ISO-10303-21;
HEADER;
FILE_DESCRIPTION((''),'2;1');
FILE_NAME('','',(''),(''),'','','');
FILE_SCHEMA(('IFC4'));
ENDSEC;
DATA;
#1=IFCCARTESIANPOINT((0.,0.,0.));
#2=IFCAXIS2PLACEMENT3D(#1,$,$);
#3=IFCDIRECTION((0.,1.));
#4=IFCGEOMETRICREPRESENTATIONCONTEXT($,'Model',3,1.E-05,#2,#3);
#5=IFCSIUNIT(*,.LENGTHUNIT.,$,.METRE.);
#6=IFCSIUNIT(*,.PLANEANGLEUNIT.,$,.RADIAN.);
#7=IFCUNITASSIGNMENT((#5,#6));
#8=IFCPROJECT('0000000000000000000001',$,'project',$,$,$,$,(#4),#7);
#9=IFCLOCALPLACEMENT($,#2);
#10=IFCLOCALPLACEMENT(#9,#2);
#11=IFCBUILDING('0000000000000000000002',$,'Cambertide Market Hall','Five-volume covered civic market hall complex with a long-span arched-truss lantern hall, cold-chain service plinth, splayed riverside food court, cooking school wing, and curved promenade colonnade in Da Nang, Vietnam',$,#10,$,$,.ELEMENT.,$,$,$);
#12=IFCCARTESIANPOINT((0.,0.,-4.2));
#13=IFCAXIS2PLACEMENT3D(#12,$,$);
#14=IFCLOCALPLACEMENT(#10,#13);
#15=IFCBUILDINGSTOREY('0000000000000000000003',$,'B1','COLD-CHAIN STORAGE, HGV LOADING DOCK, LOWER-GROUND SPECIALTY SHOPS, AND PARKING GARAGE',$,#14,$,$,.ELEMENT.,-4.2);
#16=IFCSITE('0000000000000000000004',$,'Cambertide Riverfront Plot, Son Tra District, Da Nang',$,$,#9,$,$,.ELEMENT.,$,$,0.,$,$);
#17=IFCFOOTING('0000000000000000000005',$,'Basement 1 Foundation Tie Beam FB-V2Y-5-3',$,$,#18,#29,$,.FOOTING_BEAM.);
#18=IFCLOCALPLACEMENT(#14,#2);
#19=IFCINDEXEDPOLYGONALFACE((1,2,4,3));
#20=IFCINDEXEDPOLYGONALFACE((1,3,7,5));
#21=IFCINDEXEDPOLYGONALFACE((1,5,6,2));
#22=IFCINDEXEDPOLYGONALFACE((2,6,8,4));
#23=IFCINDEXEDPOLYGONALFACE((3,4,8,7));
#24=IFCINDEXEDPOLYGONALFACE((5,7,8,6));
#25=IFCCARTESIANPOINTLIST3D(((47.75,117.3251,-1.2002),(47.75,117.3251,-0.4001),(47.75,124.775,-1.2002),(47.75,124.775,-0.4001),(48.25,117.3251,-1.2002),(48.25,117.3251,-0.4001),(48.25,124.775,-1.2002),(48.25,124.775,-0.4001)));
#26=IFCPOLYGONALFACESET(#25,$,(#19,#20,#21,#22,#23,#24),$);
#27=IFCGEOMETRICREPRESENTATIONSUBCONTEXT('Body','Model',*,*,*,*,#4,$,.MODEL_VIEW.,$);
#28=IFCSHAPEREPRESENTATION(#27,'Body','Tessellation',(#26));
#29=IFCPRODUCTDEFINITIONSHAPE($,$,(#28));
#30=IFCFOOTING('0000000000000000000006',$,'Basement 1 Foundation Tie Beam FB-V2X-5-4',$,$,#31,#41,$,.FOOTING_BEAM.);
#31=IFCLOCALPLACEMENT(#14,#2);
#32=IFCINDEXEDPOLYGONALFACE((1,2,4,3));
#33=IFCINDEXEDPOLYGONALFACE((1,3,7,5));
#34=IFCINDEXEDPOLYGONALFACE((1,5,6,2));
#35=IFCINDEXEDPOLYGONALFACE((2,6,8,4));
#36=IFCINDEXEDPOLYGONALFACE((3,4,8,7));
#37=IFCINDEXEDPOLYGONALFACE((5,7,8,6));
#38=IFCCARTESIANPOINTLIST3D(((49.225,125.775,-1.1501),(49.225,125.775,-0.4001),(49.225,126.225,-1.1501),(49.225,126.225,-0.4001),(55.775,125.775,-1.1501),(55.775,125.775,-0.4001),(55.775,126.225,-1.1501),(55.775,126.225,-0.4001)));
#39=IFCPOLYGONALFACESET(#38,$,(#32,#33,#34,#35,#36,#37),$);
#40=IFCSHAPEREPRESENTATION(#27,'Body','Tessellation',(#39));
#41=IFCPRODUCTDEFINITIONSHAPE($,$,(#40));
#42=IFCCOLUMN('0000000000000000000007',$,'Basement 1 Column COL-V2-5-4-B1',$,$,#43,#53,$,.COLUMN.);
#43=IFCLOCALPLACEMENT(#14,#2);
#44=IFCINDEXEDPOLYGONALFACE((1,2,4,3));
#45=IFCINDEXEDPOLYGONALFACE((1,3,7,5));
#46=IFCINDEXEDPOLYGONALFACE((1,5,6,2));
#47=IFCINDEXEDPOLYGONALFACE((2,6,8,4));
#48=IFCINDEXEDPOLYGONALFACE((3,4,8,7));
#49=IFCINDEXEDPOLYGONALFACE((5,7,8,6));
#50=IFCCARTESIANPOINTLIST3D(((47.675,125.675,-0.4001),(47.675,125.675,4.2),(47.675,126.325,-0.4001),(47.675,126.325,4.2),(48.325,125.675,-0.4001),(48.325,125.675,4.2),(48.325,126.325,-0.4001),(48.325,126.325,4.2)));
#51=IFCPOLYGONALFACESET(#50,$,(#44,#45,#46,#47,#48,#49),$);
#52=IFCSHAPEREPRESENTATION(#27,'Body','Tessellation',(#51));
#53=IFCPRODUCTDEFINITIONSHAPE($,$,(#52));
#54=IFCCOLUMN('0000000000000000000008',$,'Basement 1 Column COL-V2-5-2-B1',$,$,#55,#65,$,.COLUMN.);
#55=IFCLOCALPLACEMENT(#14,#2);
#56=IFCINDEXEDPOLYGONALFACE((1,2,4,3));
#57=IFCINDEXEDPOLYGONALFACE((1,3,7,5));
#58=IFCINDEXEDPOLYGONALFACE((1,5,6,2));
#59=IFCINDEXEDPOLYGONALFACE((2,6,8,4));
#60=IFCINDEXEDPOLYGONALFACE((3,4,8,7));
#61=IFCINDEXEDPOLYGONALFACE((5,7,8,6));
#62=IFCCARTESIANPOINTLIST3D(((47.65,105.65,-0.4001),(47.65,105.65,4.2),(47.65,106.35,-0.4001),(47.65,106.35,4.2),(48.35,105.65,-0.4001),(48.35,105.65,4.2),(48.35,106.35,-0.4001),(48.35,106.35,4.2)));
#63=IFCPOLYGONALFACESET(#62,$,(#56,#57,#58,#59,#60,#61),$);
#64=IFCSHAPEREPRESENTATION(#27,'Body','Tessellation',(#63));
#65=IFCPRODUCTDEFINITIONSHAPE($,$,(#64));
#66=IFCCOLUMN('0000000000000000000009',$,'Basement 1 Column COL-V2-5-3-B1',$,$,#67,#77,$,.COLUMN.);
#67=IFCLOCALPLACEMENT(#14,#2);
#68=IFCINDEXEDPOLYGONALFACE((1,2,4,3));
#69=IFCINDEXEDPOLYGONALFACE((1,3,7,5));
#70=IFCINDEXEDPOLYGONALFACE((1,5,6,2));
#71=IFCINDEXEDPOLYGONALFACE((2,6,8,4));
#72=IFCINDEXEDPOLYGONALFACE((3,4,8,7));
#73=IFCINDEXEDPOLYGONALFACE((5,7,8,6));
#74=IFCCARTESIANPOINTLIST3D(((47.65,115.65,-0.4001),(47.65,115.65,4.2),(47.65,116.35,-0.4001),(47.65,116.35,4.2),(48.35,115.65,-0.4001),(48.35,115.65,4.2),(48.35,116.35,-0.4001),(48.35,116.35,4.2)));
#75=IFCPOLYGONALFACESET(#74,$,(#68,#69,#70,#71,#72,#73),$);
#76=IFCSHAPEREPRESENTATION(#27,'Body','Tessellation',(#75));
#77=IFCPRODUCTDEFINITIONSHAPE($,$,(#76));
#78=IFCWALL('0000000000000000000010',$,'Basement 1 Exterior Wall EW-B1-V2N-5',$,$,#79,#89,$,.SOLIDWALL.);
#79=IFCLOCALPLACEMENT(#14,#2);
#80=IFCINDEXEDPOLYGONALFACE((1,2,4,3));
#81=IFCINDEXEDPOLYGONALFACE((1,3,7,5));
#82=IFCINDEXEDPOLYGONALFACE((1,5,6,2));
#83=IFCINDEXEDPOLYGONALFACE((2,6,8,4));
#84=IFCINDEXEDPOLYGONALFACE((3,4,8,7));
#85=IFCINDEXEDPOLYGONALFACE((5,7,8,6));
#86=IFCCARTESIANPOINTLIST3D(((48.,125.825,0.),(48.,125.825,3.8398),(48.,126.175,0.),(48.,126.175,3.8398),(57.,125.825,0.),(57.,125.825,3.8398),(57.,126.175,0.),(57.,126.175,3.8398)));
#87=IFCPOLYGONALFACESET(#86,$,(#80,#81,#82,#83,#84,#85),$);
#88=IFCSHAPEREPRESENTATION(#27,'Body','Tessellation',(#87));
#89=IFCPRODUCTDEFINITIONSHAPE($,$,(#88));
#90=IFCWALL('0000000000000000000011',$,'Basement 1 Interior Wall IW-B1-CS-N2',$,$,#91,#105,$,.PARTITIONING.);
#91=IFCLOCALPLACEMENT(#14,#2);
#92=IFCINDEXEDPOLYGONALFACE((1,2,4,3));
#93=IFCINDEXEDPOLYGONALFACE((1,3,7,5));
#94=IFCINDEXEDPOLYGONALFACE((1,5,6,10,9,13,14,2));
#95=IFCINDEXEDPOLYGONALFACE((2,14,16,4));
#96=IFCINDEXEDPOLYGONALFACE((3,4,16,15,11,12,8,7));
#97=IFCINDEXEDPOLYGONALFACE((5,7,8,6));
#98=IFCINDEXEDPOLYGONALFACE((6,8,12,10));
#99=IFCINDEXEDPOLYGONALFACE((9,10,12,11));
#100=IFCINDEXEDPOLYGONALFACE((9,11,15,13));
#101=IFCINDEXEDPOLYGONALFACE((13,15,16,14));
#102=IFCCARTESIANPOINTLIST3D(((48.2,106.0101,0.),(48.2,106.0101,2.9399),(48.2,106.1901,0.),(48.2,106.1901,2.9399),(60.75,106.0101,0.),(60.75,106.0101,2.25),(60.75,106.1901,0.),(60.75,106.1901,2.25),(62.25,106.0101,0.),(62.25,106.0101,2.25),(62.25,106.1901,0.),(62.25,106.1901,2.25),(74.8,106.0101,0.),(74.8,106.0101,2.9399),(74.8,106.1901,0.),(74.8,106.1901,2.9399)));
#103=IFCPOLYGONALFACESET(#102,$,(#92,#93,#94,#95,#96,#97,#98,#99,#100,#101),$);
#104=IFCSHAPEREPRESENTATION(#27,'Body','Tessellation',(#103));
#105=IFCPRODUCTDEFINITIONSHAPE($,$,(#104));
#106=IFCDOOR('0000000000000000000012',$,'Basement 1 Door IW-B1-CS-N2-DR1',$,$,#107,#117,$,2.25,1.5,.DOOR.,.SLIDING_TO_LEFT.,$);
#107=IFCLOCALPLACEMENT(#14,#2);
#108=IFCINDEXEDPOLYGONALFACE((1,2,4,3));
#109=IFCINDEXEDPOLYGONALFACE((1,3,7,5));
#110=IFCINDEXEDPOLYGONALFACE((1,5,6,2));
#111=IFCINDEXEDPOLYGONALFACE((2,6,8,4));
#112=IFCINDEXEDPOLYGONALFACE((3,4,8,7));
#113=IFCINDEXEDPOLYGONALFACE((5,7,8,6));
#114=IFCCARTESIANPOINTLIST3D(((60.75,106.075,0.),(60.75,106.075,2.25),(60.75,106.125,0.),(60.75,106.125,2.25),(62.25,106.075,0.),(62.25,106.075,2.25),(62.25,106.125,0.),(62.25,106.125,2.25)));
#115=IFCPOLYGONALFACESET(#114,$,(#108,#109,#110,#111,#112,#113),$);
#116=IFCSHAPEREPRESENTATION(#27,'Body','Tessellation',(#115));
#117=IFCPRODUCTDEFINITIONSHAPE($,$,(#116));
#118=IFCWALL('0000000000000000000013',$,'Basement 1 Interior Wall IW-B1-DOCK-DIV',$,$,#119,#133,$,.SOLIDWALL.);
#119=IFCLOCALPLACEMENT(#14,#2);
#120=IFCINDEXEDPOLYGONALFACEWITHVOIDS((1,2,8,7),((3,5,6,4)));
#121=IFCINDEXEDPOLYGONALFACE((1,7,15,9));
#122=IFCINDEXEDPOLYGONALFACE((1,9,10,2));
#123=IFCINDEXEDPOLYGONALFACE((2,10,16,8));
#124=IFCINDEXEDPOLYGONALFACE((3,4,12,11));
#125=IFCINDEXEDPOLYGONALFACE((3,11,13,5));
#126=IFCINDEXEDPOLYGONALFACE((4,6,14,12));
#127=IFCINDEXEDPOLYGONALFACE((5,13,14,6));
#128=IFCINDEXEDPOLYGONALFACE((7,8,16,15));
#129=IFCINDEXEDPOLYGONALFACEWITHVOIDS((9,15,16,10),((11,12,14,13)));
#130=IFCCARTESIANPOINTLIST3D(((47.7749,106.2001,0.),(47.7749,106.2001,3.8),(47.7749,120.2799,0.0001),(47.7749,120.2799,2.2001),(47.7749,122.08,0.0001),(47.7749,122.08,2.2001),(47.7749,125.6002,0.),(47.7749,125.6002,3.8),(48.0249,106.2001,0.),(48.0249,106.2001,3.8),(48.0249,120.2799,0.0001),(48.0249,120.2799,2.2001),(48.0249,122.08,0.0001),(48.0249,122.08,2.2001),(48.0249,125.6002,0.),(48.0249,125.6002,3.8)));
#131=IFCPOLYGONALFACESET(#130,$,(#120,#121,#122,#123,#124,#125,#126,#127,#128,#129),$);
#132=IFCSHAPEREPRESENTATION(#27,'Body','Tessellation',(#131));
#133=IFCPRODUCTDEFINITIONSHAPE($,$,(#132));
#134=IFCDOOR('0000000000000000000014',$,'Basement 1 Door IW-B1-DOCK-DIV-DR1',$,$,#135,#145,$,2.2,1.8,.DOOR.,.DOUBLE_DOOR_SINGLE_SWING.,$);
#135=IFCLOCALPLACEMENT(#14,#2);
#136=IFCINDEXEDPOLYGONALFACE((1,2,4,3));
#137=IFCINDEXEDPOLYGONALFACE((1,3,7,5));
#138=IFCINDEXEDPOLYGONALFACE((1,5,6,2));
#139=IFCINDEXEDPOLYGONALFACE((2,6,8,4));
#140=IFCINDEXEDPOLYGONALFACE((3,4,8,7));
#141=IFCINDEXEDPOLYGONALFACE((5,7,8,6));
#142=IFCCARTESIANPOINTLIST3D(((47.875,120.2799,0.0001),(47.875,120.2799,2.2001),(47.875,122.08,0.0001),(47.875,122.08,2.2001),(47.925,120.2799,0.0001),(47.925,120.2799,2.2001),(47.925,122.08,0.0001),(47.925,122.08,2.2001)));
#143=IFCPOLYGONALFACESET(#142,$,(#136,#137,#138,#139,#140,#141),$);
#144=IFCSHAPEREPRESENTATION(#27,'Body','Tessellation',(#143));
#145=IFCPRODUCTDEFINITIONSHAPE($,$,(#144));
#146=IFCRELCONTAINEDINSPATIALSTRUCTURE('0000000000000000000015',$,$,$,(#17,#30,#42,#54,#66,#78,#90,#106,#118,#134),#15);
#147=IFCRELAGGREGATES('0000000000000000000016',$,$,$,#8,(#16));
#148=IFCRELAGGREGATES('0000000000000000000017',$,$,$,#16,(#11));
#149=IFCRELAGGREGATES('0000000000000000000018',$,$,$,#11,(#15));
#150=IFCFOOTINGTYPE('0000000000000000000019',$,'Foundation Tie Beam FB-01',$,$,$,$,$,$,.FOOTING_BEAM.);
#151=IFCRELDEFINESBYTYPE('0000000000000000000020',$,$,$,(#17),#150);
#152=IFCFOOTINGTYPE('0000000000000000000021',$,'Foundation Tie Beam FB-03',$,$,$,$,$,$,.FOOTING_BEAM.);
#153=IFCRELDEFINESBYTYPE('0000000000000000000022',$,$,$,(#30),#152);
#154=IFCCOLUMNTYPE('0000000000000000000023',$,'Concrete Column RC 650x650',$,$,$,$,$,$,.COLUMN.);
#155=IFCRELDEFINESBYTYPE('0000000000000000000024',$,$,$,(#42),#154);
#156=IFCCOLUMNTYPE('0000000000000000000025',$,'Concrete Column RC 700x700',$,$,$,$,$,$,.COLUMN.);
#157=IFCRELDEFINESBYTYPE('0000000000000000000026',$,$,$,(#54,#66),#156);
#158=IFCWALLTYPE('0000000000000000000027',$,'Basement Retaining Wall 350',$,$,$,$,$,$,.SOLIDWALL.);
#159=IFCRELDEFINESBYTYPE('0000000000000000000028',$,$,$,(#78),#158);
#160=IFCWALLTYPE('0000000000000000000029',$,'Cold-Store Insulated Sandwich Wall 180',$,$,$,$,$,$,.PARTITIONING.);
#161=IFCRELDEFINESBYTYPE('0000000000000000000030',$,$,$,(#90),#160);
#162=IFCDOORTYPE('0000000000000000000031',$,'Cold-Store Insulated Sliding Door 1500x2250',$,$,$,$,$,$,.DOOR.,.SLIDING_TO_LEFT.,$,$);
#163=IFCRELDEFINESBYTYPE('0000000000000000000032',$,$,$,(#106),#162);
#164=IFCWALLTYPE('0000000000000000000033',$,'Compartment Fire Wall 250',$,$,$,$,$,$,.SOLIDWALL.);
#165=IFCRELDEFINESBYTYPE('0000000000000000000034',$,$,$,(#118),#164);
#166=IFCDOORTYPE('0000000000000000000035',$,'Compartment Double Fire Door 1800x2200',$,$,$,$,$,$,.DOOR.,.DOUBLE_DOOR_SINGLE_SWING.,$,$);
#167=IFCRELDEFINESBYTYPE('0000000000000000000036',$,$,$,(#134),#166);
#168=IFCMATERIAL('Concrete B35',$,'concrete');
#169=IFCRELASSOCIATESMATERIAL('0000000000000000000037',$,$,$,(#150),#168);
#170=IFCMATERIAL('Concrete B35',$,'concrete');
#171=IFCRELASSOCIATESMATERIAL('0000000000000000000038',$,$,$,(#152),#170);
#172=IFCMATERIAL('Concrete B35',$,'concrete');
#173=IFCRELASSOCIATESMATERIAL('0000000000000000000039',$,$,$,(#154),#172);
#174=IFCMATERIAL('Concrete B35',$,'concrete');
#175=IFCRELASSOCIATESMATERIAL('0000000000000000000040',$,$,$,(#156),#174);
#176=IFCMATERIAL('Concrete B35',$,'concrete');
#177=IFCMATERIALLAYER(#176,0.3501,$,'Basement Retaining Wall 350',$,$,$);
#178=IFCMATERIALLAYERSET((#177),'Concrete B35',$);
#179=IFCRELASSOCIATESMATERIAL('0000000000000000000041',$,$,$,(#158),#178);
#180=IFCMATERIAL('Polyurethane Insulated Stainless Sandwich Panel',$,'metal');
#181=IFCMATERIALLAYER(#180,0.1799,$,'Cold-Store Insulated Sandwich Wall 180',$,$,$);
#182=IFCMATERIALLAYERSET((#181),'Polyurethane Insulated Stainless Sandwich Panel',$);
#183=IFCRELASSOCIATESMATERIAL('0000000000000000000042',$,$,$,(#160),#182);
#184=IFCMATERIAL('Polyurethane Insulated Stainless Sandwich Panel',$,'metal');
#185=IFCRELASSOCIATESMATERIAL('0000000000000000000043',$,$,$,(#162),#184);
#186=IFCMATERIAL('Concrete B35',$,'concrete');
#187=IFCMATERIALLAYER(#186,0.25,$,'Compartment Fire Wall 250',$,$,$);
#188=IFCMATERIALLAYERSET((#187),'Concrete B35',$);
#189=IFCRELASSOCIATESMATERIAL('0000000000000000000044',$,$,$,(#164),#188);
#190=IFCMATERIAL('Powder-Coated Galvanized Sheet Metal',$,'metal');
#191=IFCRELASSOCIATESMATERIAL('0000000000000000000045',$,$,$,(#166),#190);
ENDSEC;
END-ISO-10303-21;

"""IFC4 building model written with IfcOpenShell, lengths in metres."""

from ifc_helpers import new_model, si_unit, direction, frame, frame_2d, origin, origin_2d, place, context, subcontext, project, spatial, rectangle, extrude, material, layer, layer_set, material_profile, profile_set, type_object, element, fill, save


model = new_model("IFC4")

# Units and contexts
model_context = context("Model", 3, precision=1e-05, world=origin(), true_north=direction((0.0, 1.0)))
body_context = subcontext(model_context, "Body", "Model", "MODEL_VIEW")
ifc_project = project(units=[si_unit("LENGTHUNIT", "METRE"), si_unit("PLANEANGLEUNIT", "RADIAN")], contexts=[model_context])

# Site, building, storey
site_placement = place(None, origin())
site = spatial("IfcSite", under=ifc_project, at=site_placement, Name="Cambertide Riverfront Plot, Son Tra District, Da Nang", CompositionType="ELEMENT", RefElevation=0.0)
building_placement = place(site_placement, origin())
building = spatial("IfcBuilding", under=site, at=building_placement, Name="Cambertide Market Hall", Description="Five-volume covered civic market hall complex with a long-span arched-truss lantern hall, cold-chain service plinth, splayed riverside food court, cooking school wing, and curved promenade colonnade in Da Nang, Vietnam", CompositionType="ELEMENT")
storey_placement = place(building_placement, frame((0.0, 0.0, -4.2)))
storey = spatial("IfcBuildingStorey", under=building, at=storey_placement, Name="B1", Description="COLD-CHAIN STORAGE, HGV LOADING DOCK, LOWER-GROUND SPECIALTY SHOPS, AND PARKING GARAGE", CompositionType="ELEMENT", Elevation=-4.2)

# Footings
ifc_material_1 = material(Name="Concrete B35", Category="concrete")
footing_type_1 = type_object("IfcFootingType", Name="Foundation Tie Beam FB-01", PredefinedType="FOOTING_BEAM", material=ifc_material_1)
footing_1_placement = place(storey_placement, frame((48.0, 121.05, -1.2002), z_axis=(0.0, 0.0, 1.0), x_axis=(0.0, 1.0, 0.0)))
element("IfcFooting", 1, at=footing_1_placement, inside=storey, type_object=footing_type_1, Name="Basement 1 Foundation Tie Beam FB-V2Y-5-3", PredefinedType="FOOTING_BEAM", context=body_context, shape_type="SweptSolid", body=[
    extrude(rectangle(XDim=7.45, YDim=0.5, at=origin_2d()), origin(), (0.0, 0.0, 1.0), 0.8),
])
ifc_material_2 = material(Name="Concrete B35", Category="concrete")
footing_type_2 = type_object("IfcFootingType", Name="Foundation Tie Beam FB-03", PredefinedType="FOOTING_BEAM", material=ifc_material_2)
footing_2_placement = place(storey_placement, frame((52.5, 126.0, -1.1501), z_axis=(0.0, 0.0, 1.0), x_axis=(1.0, 0.0, 0.0)))
element("IfcFooting", 2, at=footing_2_placement, inside=storey, type_object=footing_type_2, Name="Basement 1 Foundation Tie Beam FB-V2X-5-4", PredefinedType="FOOTING_BEAM", context=body_context, shape_type="SweptSolid", body=[
    extrude(rectangle(XDim=6.55, YDim=0.45, at=origin_2d()), origin(), (0.0, 0.0, 1.0), 0.75),
])

# Columns
ifc_material_3 = material(Name="Concrete B35", Category="concrete")
ifc_material_profile_1 = material_profile(ifc_material_3, rectangle(XDim=0.6499, YDim=0.6499, at=origin_2d()), Name="RC 650x650")
ifc_profile_set_1 = profile_set([ifc_material_profile_1], Name="Concrete B35")
column_type_1 = type_object("IfcColumnType", Name="Concrete Column RC 650x650", PredefinedType="COLUMN", material=ifc_profile_set_1)
column_placement = place(storey_placement, frame((48.0, 126.0, -0.4001), z_axis=(0.0, 0.0, 1.0), x_axis=(1.0, 0.0, 0.0)))
element("IfcColumn", 3, at=column_placement, inside=storey, type_object=column_type_1, Name="Basement 1 Column COL-V2-5-4-B1", PredefinedType="COLUMN", context=body_context, shape_type="SweptSolid", body=[
    extrude(rectangle(XDim=0.6499, YDim=0.6499, at=origin_2d()), origin(), (0.0, 0.0, 1.0), 4.6001),
])
ifc_material_4 = material(Name="Concrete B35", Category="concrete")
ifc_material_profile_2 = material_profile(ifc_material_4, rectangle(XDim=0.7, YDim=0.7, at=origin_2d()), Name="RC 700x700")
ifc_profile_set_2 = profile_set([ifc_material_profile_2], Name="Concrete B35")
column_type_2 = type_object("IfcColumnType", Name="Concrete Column RC 700x700", PredefinedType="COLUMN", material=ifc_profile_set_2)
for number, where, z_axis, x_axis, name in (
    (4, (48.0, 106.0, -0.4001), (0.0, 0.0, 1.0), (1.0, 0.0, 0.0), "Basement 1 Column COL-V2-5-2-B1"),
    (5, (48.0, 116.0, -0.4001), (0.0, 0.0, 1.0), (1.0, 0.0, 0.0), "Basement 1 Column COL-V2-5-3-B1"),
):
    element("IfcColumn", number, at=place(storey_placement, frame(where, z_axis=z_axis, x_axis=x_axis)), inside=storey, type_object=column_type_2, Name=name, PredefinedType="COLUMN", context=body_context, shape_type="SweptSolid", body=[
        extrude(rectangle(XDim=0.7, YDim=0.7, at=origin_2d()), origin(), (0.0, 0.0, 1.0), 4.6001),
    ])

# Wall
ifc_material_5 = material(Name="Concrete B35", Category="concrete")
ifc_layer_1 = layer(ifc_material_5, 0.3501, Name="Basement Retaining Wall 350")
ifc_layer_set_1 = layer_set([ifc_layer_1], Name="Concrete B35")
wall_type_1 = type_object("IfcWallType", Name="Basement Retaining Wall 350", PredefinedType="SOLIDWALL", material=ifc_layer_set_1)
wall_1_placement = place(storey_placement, frame((48.0, 126.0, 0.0), z_axis=(0.0, 0.0, 1.0), x_axis=(1.0, 0.0, 0.0)))
element("IfcWall", 6, at=wall_1_placement, inside=storey, type_object=wall_type_1, Name="Basement 1 Exterior Wall EW-B1-V2N-5", PredefinedType="SOLIDWALL", context=body_context, shape_type="SweptSolid", body=[
    extrude(rectangle(XDim=9.0, YDim=0.3501, at=frame_2d((4.5, 0.0))), origin(), (0.0, 0.0, 1.0), 3.8398),
])

# Walls, openings, doors
ifc_material_6 = material(Name="Polyurethane Insulated Stainless Sandwich Panel", Category="metal")
ifc_layer_2 = layer(ifc_material_6, 0.1799, Name="Cold-Store Insulated Sandwich Wall 180")
ifc_layer_set_2 = layer_set([ifc_layer_2], Name="Polyurethane Insulated Stainless Sandwich Panel")
wall_type_2 = type_object("IfcWallType", Name="Cold-Store Insulated Sandwich Wall 180", PredefinedType="PARTITIONING", material=ifc_layer_set_2)
wall_2_placement = place(storey_placement, frame((48.2, 106.1001, 0.0), z_axis=(0.0, 0.0, 1.0), x_axis=(1.0, 0.0, 0.0)))
wall_2 = element("IfcWall", 7, at=wall_2_placement, inside=storey, type_object=wall_type_2, Name="Basement 1 Interior Wall IW-B1-CS-N2", PredefinedType="PARTITIONING", context=body_context, shape_type="SweptSolid", body=[
    extrude(rectangle(XDim=26.6001, YDim=0.1799, at=frame_2d((13.3, 0.0))), origin(), (0.0, 0.0, 1.0), 2.9399),
])
opening_1_placement = place(wall_2_placement, frame((12.55, 0.0, 0.0)))
opening_1 = element("IfcOpeningElement", 8, at=opening_1_placement, cuts=wall_2, PredefinedType="OPENING", context=body_context, shape_type="SweptSolid", body=[
    extrude(rectangle(XDim=1.5, YDim=2.25, at=frame_2d((0.75, 1.125))), frame((0.0, 0.0999, 0.0), z_axis=(0.0, -1.0, 0.0), x_axis=(1.0, 0.0, 0.0)), (0.0, 0.0, 1.0), 0.2),
])
ifc_material_7 = material(Name="Polyurethane Insulated Stainless Sandwich Panel", Category="metal")
door_type_1 = type_object("IfcDoorType", Name="Cold-Store Insulated Sliding Door 1500x2250", OperationType="SLIDING_TO_LEFT", PredefinedType="DOOR", material=ifc_material_7)
door_1_placement = place(opening_1_placement, origin())
door_1 = element("IfcDoor", 9, at=door_1_placement, inside=storey, type_object=door_type_1, Name="Basement 1 Door IW-B1-CS-N2-DR1", OperationType="SLIDING_TO_LEFT", OverallHeight=2.25, OverallWidth=1.5, PredefinedType="DOOR", context=body_context, shape_type="SweptSolid", body=[
    extrude(rectangle(XDim=1.5, YDim=2.25, at=frame_2d((0.75, 1.125))), frame((0.0, 0.0249, 0.0), z_axis=(0.0, -1.0, 0.0), x_axis=(1.0, 0.0, 0.0)), (0.0, 0.0, 1.0), 0.05),
])
fill(opening_1, door_1)
ifc_material_8 = material(Name="Concrete B35", Category="concrete")
ifc_layer_3 = layer(ifc_material_8, 0.25, Name="Compartment Fire Wall 250")
ifc_layer_set_3 = layer_set([ifc_layer_3], Name="Concrete B35")
wall_type_3 = type_object("IfcWallType", Name="Compartment Fire Wall 250", PredefinedType="SOLIDWALL", material=ifc_layer_set_3)
wall_3_placement = place(storey_placement, frame((47.8999, 106.2, 0.0), z_axis=(0.0, 0.0, 1.0), x_axis=(0.0, 1.0, 0.0)))
wall_3 = element("IfcWall", 10, at=wall_3_placement, inside=storey, type_object=wall_type_3, Name="Basement 1 Interior Wall IW-B1-DOCK-DIV", PredefinedType="SOLIDWALL", context=body_context, shape_type="SweptSolid", body=[
    extrude(rectangle(XDim=19.4001, YDim=0.25, at=frame_2d((9.7002, 0.0))), origin(), (0.0, 0.0, 1.0), 3.8),
])
opening_2_placement = place(wall_3_placement, frame((14.0801, 0.0, 0.0)))
opening_2 = element("IfcOpeningElement", 11, at=opening_2_placement, cuts=wall_3, PredefinedType="OPENING", context=body_context, shape_type="SweptSolid", body=[
    extrude(rectangle(XDim=1.8, YDim=2.2, at=frame_2d((0.8999, 1.1001))), frame((0.0, 0.135, 0.0), z_axis=(0.0, -1.0, 0.0), x_axis=(1.0, 0.0, 0.0)), (0.0, 0.0, 1.0), 0.27),
])
ifc_material_9 = material(Name="Powder-Coated Galvanized Sheet Metal", Category="metal")
door_type_2 = type_object("IfcDoorType", Name="Compartment Double Fire Door 1800x2200", OperationType="DOUBLE_DOOR_SINGLE_SWING", PredefinedType="DOOR", material=ifc_material_9)
door_2_placement = place(opening_2_placement, origin())
door_2 = element("IfcDoor", 12, at=door_2_placement, inside=storey, type_object=door_type_2, Name="Basement 1 Door IW-B1-DOCK-DIV-DR1", OperationType="DOUBLE_DOOR_SINGLE_SWING", OverallHeight=2.2, OverallWidth=1.8, PredefinedType="DOOR", context=body_context, shape_type="SweptSolid", body=[
    extrude(rectangle(XDim=1.8, YDim=2.2, at=frame_2d((0.8999, 1.1001))), frame((0.0, 0.0249, 0.0), z_axis=(0.0, -1.0, 0.0), x_axis=(1.0, 0.0, 0.0)), (0.0, 0.0, 1.0), 0.05),
])
fill(opening_2, door_2)

save(model, "model.ifc")
